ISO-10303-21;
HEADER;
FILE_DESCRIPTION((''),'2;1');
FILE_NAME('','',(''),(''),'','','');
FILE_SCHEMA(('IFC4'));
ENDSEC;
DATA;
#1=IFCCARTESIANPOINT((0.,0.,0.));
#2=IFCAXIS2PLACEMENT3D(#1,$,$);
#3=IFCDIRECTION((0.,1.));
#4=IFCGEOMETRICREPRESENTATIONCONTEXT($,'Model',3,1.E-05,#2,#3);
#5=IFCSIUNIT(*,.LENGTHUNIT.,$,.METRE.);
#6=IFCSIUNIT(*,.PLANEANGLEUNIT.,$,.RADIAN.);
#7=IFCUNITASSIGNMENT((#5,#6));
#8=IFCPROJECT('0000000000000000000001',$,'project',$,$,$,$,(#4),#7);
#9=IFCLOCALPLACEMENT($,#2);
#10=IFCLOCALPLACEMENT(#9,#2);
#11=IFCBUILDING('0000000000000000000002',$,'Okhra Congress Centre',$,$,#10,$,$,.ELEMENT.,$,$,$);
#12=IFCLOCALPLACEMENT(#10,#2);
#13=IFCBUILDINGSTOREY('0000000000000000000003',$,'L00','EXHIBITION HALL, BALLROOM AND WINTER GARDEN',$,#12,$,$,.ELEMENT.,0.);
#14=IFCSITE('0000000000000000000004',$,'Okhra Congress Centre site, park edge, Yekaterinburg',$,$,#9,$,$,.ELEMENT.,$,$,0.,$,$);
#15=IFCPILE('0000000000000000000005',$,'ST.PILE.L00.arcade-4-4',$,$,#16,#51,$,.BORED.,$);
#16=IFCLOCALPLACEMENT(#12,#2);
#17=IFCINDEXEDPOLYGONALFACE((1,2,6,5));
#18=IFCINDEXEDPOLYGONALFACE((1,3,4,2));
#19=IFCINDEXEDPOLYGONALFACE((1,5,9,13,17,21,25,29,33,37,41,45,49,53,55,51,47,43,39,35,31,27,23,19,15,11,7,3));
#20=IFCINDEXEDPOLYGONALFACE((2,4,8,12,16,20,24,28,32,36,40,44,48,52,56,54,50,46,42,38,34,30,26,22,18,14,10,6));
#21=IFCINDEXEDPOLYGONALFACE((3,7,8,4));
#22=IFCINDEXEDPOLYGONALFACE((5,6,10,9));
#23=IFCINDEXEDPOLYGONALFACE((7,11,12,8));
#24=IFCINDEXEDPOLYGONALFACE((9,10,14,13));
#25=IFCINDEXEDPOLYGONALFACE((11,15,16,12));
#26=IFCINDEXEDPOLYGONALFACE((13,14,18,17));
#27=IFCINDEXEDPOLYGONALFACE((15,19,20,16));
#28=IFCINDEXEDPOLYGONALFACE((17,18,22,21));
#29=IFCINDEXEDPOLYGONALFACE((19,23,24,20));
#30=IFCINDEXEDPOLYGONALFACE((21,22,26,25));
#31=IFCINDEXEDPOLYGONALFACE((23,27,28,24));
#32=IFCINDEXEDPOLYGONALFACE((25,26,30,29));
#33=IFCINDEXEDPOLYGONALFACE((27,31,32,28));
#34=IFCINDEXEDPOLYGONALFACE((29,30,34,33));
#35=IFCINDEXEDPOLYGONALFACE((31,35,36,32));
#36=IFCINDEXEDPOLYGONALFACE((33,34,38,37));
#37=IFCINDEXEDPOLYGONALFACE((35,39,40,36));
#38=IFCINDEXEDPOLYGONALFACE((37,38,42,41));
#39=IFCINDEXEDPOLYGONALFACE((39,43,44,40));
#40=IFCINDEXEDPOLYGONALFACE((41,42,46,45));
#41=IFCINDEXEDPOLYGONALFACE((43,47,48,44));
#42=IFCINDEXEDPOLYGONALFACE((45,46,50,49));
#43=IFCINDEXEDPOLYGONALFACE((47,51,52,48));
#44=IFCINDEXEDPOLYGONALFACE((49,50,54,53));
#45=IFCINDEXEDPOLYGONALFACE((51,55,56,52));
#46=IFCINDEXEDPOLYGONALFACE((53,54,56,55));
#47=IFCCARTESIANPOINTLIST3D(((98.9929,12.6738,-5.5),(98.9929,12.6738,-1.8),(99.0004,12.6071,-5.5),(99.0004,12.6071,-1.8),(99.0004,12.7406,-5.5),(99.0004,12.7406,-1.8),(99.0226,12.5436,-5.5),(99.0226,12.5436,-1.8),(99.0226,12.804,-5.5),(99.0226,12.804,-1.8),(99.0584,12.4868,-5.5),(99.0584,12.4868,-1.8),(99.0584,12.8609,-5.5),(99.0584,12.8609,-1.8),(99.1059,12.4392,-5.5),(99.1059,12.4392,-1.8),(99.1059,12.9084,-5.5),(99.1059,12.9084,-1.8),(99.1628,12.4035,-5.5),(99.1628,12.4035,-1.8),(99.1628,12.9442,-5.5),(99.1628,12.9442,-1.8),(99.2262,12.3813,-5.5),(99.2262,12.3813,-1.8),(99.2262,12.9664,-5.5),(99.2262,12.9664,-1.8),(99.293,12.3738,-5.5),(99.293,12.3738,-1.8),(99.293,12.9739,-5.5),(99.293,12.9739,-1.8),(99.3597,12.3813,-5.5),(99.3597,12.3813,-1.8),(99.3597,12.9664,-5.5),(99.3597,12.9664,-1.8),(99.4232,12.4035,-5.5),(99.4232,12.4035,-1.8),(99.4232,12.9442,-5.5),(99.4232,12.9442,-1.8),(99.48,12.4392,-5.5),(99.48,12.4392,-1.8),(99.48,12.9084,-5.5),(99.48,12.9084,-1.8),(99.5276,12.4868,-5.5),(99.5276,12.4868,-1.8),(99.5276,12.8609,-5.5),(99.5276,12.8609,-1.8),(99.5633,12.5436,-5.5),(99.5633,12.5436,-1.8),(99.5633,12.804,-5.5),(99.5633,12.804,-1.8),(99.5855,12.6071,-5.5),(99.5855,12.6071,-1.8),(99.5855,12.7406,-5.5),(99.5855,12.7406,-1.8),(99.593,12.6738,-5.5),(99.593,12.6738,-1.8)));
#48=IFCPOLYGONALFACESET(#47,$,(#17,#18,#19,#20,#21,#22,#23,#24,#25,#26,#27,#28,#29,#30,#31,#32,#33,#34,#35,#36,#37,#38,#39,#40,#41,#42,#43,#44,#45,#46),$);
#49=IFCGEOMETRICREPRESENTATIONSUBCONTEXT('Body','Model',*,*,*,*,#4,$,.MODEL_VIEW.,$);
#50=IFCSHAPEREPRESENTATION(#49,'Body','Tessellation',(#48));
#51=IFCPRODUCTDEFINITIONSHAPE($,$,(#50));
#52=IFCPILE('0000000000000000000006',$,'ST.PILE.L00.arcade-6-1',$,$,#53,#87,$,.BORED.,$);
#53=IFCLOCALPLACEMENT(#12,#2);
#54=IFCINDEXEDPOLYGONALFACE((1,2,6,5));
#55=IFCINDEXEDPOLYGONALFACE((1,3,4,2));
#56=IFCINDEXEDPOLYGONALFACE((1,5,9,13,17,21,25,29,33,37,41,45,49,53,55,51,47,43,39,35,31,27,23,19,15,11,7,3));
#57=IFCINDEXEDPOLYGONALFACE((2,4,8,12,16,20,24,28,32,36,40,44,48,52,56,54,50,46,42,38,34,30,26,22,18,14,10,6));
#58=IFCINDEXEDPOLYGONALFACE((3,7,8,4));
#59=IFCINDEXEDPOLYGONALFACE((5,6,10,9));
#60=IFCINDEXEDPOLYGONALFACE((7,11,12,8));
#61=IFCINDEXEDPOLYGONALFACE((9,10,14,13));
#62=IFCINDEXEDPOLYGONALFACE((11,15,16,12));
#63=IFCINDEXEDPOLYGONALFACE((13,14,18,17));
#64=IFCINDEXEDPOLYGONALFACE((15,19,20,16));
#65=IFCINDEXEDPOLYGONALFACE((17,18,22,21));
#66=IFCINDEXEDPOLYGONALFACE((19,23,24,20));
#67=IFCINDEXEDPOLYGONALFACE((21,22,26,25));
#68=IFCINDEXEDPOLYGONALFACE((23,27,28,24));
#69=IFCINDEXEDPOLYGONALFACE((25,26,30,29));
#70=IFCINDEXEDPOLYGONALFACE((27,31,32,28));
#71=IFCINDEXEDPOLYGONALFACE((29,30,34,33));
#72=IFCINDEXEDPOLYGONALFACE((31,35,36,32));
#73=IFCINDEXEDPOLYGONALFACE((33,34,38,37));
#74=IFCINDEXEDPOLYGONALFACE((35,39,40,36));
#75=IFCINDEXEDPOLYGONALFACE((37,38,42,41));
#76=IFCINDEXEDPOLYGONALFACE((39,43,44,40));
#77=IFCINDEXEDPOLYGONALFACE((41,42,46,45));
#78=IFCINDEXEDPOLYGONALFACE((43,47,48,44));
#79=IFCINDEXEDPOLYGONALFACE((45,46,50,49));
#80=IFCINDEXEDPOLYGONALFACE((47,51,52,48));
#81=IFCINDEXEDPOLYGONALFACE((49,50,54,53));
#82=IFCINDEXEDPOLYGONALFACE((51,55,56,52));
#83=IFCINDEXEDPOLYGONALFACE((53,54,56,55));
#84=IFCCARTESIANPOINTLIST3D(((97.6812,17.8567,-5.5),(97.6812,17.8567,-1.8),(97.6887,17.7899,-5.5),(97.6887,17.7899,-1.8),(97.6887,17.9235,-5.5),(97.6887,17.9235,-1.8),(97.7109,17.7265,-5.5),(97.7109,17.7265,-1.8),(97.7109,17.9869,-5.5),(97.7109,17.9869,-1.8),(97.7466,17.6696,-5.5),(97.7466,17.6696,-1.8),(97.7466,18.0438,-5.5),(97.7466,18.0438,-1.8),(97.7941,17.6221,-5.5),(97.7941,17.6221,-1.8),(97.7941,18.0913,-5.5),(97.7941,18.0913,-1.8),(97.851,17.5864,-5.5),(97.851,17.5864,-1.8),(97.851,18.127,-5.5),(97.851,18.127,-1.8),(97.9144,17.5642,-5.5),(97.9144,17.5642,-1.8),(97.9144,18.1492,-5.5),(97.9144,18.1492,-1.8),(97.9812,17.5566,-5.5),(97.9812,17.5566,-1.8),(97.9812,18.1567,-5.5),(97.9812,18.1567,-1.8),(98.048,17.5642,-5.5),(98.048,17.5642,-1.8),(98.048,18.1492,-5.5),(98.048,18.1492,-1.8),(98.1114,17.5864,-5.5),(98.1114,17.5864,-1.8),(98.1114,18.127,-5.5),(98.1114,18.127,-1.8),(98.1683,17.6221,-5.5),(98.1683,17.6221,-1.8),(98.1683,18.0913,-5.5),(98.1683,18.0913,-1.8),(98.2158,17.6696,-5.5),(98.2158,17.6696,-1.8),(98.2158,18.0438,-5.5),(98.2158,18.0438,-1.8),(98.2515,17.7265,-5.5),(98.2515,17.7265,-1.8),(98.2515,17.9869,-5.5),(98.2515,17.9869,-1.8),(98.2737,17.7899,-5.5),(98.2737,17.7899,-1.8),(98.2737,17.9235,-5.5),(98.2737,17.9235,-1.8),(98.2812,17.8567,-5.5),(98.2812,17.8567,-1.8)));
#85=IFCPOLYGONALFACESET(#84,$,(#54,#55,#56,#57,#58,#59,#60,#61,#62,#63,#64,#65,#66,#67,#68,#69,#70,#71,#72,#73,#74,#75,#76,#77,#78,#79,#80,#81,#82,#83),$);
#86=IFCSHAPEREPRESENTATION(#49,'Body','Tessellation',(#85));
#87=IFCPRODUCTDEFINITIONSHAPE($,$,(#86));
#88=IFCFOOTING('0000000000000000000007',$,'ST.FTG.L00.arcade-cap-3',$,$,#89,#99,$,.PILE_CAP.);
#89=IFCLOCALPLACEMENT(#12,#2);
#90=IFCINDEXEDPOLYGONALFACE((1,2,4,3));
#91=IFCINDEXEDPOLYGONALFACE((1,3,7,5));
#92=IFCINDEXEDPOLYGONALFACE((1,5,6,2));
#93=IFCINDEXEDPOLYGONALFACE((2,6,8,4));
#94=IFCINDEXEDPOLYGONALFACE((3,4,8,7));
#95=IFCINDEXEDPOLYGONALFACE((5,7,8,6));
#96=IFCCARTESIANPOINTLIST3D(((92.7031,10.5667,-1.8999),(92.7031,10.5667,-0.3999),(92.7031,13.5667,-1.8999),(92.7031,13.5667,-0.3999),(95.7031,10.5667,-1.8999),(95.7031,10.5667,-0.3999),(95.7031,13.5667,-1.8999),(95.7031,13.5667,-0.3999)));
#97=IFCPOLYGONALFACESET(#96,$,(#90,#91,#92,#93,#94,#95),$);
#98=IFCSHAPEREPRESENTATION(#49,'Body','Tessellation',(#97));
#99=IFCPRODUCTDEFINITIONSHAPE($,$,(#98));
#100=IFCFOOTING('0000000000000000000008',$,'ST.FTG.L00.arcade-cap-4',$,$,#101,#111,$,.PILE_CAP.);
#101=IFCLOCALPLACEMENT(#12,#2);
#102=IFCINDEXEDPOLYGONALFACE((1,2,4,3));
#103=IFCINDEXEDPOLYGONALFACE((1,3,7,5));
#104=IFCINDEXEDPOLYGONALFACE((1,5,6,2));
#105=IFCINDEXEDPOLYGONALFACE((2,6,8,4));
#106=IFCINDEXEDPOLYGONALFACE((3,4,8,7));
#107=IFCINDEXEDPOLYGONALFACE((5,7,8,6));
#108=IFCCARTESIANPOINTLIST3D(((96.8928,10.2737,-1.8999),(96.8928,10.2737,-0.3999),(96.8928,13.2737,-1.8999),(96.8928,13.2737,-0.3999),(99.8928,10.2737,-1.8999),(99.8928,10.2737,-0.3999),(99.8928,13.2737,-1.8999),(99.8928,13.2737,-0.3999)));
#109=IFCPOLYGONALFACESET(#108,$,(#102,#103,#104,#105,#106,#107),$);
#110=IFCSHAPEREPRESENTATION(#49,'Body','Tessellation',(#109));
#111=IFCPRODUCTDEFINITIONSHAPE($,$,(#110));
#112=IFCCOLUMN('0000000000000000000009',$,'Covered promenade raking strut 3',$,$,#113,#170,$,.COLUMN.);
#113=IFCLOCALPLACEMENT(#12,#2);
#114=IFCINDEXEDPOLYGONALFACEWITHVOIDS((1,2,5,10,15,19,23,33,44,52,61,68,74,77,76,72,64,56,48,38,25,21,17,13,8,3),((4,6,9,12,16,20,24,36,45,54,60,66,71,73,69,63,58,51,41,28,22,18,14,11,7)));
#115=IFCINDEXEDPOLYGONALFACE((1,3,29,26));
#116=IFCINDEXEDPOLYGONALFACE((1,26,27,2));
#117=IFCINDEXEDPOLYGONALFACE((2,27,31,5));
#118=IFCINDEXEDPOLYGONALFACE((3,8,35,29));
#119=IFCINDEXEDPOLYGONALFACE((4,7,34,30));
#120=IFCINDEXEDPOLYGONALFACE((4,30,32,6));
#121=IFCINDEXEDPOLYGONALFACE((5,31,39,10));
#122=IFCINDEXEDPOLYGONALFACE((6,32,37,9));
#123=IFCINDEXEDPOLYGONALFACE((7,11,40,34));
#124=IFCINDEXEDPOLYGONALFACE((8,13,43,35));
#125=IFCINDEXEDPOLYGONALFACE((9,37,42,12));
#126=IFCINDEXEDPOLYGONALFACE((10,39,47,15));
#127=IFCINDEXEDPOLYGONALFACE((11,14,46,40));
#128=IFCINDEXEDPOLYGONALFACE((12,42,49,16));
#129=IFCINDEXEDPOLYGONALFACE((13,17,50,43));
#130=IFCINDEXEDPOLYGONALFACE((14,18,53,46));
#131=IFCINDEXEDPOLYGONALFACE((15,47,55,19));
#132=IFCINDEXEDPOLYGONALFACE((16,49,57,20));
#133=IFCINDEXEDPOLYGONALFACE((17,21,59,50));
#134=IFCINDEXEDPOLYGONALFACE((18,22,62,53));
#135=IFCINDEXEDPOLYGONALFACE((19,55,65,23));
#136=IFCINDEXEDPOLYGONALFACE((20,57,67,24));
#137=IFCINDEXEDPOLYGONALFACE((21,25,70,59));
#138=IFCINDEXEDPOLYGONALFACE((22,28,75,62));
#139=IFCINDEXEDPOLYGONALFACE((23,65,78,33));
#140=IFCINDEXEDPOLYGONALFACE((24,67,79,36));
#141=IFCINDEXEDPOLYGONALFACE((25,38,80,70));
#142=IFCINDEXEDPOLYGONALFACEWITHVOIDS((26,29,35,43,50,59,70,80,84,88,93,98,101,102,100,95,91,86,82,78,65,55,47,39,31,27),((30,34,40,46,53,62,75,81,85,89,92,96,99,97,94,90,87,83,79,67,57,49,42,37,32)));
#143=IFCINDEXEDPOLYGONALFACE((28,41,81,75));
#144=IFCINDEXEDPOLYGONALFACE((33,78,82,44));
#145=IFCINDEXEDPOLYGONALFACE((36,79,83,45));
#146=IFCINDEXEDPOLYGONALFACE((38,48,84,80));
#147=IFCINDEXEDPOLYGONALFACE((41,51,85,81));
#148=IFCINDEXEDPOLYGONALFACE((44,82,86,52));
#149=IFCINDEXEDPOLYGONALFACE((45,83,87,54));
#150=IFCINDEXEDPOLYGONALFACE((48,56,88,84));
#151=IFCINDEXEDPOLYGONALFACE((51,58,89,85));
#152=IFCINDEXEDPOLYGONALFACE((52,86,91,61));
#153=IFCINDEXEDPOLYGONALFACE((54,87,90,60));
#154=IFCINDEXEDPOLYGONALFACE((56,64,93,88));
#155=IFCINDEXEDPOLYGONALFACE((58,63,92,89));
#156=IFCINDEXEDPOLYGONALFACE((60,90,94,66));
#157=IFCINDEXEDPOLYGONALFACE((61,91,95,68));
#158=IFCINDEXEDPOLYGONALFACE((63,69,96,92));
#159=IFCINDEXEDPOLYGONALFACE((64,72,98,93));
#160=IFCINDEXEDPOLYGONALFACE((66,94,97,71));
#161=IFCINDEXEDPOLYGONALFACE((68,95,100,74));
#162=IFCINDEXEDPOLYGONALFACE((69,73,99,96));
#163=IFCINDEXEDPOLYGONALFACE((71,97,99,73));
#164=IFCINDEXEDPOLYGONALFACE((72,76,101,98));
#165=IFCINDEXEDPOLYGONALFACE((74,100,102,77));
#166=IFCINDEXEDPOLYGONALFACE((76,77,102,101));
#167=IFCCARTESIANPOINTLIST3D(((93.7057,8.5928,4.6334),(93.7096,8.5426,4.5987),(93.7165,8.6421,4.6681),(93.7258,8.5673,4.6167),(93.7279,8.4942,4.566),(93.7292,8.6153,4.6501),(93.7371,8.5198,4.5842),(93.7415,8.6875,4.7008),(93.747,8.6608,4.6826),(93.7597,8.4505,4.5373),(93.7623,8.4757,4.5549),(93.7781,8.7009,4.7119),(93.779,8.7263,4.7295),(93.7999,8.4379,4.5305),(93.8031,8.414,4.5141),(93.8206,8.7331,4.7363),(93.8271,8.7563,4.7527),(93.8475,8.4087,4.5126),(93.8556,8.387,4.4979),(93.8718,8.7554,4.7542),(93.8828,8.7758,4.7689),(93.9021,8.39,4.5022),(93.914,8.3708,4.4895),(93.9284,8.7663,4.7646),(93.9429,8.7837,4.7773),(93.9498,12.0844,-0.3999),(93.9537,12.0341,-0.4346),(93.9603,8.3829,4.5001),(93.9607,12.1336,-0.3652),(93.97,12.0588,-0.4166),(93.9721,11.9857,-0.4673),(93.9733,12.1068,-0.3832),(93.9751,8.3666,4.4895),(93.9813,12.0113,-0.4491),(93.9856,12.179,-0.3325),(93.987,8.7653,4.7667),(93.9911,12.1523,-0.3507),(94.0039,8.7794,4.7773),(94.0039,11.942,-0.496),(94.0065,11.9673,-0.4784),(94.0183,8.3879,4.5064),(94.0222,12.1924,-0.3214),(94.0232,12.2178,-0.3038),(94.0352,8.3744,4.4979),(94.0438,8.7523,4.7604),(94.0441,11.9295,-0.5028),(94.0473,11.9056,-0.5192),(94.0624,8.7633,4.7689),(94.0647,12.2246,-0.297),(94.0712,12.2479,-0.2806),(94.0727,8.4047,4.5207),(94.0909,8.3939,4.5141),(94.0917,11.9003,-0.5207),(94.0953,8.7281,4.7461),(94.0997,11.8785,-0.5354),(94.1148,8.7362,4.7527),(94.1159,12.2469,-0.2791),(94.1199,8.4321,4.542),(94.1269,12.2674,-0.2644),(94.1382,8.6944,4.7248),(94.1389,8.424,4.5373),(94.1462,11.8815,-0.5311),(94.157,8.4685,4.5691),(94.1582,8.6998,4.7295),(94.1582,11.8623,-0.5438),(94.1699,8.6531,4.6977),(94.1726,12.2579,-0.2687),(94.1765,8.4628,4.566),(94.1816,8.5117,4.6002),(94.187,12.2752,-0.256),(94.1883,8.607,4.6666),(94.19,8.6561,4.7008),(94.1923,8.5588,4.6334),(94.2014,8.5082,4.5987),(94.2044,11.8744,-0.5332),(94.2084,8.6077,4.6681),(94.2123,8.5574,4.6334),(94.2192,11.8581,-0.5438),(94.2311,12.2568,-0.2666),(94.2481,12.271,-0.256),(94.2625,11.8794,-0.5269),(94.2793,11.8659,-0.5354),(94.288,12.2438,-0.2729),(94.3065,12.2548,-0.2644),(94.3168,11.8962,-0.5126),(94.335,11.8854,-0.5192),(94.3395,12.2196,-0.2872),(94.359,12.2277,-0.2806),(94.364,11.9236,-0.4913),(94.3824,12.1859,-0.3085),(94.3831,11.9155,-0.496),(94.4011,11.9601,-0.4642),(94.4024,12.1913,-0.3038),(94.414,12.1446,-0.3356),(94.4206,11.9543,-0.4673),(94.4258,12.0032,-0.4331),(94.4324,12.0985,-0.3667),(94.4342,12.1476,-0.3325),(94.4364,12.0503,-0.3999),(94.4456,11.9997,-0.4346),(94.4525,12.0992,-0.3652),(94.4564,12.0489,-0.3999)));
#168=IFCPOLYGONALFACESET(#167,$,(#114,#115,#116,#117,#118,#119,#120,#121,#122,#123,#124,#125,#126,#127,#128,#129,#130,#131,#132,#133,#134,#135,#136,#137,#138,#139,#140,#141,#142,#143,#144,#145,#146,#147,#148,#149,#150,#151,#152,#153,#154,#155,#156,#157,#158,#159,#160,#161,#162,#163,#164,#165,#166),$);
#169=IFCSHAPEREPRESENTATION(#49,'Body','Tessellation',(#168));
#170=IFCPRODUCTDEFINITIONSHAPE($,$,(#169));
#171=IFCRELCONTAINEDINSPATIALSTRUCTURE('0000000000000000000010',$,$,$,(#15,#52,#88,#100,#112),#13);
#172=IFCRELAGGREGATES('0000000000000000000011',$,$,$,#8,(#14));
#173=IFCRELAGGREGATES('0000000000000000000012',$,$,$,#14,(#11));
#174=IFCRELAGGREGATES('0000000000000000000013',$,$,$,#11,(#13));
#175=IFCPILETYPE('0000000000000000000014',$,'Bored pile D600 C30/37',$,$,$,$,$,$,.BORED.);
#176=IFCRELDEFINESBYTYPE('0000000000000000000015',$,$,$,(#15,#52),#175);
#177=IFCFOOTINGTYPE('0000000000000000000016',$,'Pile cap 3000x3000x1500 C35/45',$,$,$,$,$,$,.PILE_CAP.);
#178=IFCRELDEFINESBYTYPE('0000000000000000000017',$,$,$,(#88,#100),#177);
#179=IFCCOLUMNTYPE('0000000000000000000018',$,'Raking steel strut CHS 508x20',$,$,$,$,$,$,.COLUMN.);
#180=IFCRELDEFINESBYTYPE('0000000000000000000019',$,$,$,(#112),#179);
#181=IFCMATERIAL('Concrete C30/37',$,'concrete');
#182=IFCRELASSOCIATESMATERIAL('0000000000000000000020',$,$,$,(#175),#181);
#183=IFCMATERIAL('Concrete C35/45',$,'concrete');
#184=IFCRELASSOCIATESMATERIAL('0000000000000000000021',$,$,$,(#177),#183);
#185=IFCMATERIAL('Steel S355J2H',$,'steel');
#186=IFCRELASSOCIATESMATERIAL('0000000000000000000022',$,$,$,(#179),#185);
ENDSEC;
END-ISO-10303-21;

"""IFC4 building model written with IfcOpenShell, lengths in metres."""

from ifc_helpers import new_model, si_unit, direction, frame, origin, origin_2d, place, context, subcontext, project, spatial, rectangle, circle, hollow_circle, extrude, material, material_profile, profile_set, type_object, element, save


model = new_model("IFC4")

# Units and contexts
model_context = context("Model", 3, precision=1e-05, world=origin(), true_north=direction((0.0, 1.0)))
body_context = subcontext(model_context, "Body", "Model", "MODEL_VIEW")
ifc_project = project(units=[si_unit("LENGTHUNIT", "METRE"), si_unit("PLANEANGLEUNIT", "RADIAN")], contexts=[model_context])

# Site, building, storey
site_placement = place(None, origin())
site = spatial("IfcSite", under=ifc_project, at=site_placement, Name="Okhra Congress Centre site, park edge, Yekaterinburg", CompositionType="ELEMENT", RefElevation=0.0)
building_placement = place(site_placement, origin())
building = spatial("IfcBuilding", under=site, at=building_placement, Name="Okhra Congress Centre", CompositionType="ELEMENT")
storey_placement = place(building_placement, origin())
storey = spatial("IfcBuildingStorey", under=building, at=storey_placement, Name="L00", Description="EXHIBITION HALL, BALLROOM AND WINTER GARDEN", CompositionType="ELEMENT", Elevation=0.0)

# Piles
ifc_material_1 = material(Name="Concrete C30/37", Category="concrete")
ifc_material_profile_1 = material_profile(ifc_material_1, circle(Radius=0.3, at=origin_2d()), Name="D600")
ifc_profile_set_1 = profile_set([ifc_material_profile_1], Name="Concrete C30/37")
pile_type = type_object("IfcPileType", Name="Bored pile D600 C30/37", PredefinedType="BORED", material=ifc_profile_set_1)
for number, where, z_axis, x_axis, name in (
    (1, (99.293, 12.6738, -1.8), (0.0, 0.0, -1.0), (1.0, 0.0, 0.0), "ST.PILE.L00.arcade-4-4"),
    (2, (97.9812, 17.8567, -1.8), (0.0, 0.0, -1.0), (1.0, 0.0, 0.0), "ST.PILE.L00.arcade-6-1"),
):
    element("IfcPile", number, at=place(storey_placement, frame(where, z_axis=z_axis, x_axis=x_axis)), inside=storey, type_object=pile_type, Name=name, PredefinedType="BORED", context=body_context, shape_type="SweptSolid", body=[
        extrude(circle(Radius=0.3, at=origin_2d()), origin(), (0.0, 0.0, 1.0), 3.7),
    ])

# Footings
ifc_material_2 = material(Name="Concrete C35/45", Category="concrete")
footing_type = type_object("IfcFootingType", Name="Pile cap 3000x3000x1500 C35/45", PredefinedType="PILE_CAP", material=ifc_material_2)
for number, where, z_axis, x_axis, name in (
    (3, (94.2031, 12.0667, -1.8999), (0.0, 0.0, 1.0), (1.0, 0.0, 0.0), "ST.FTG.L00.arcade-cap-3"),
    (4, (98.3928, 11.7737, -1.8999), (0.0, 0.0, 1.0), (1.0, 0.0, 0.0), "ST.FTG.L00.arcade-cap-4"),
):
    element("IfcFooting", number, at=place(storey_placement, frame(where, z_axis=z_axis, x_axis=x_axis)), inside=storey, type_object=footing_type, Name=name, PredefinedType="PILE_CAP", context=body_context, shape_type="SweptSolid", body=[
        extrude(rectangle(XDim=3.0, YDim=3.0, at=origin_2d()), origin(), (0.0, 0.0, 1.0), 1.5),
    ])

# Column
ifc_material_3 = material(Name="Steel S355J2H", Category="steel")
ifc_material_profile_2 = material_profile(ifc_material_3, hollow_circle(Radius=0.2539, WallThickness=0.02, at=origin_2d()), Name="CHS 508x20")
ifc_profile_set_2 = profile_set([ifc_material_profile_2], Name="Steel S355J2H")
column_type = type_object("IfcColumnType", Name="Raking steel strut CHS 508x20", PredefinedType="COLUMN", material=ifc_profile_set_2)
column_1_placement = place(storey_placement, frame((94.2031, 12.0667, -0.3999), z_axis=(-0.039824, -0.569522, 0.821011), x_axis=(0.997564, -0.069755, 0.0)))
element("IfcColumn", 5, at=column_1_placement, inside=storey, type_object=column_type, Name="Covered promenade raking strut 3", PredefinedType="COLUMN", context=body_context, shape_type="SweptSolid", body=[
    extrude(hollow_circle(Radius=0.2539, WallThickness=0.02, at=origin_2d()), origin(), (0.0, 0.0, 1.0), 6.1306),
])

save(model, "model.ifc")
